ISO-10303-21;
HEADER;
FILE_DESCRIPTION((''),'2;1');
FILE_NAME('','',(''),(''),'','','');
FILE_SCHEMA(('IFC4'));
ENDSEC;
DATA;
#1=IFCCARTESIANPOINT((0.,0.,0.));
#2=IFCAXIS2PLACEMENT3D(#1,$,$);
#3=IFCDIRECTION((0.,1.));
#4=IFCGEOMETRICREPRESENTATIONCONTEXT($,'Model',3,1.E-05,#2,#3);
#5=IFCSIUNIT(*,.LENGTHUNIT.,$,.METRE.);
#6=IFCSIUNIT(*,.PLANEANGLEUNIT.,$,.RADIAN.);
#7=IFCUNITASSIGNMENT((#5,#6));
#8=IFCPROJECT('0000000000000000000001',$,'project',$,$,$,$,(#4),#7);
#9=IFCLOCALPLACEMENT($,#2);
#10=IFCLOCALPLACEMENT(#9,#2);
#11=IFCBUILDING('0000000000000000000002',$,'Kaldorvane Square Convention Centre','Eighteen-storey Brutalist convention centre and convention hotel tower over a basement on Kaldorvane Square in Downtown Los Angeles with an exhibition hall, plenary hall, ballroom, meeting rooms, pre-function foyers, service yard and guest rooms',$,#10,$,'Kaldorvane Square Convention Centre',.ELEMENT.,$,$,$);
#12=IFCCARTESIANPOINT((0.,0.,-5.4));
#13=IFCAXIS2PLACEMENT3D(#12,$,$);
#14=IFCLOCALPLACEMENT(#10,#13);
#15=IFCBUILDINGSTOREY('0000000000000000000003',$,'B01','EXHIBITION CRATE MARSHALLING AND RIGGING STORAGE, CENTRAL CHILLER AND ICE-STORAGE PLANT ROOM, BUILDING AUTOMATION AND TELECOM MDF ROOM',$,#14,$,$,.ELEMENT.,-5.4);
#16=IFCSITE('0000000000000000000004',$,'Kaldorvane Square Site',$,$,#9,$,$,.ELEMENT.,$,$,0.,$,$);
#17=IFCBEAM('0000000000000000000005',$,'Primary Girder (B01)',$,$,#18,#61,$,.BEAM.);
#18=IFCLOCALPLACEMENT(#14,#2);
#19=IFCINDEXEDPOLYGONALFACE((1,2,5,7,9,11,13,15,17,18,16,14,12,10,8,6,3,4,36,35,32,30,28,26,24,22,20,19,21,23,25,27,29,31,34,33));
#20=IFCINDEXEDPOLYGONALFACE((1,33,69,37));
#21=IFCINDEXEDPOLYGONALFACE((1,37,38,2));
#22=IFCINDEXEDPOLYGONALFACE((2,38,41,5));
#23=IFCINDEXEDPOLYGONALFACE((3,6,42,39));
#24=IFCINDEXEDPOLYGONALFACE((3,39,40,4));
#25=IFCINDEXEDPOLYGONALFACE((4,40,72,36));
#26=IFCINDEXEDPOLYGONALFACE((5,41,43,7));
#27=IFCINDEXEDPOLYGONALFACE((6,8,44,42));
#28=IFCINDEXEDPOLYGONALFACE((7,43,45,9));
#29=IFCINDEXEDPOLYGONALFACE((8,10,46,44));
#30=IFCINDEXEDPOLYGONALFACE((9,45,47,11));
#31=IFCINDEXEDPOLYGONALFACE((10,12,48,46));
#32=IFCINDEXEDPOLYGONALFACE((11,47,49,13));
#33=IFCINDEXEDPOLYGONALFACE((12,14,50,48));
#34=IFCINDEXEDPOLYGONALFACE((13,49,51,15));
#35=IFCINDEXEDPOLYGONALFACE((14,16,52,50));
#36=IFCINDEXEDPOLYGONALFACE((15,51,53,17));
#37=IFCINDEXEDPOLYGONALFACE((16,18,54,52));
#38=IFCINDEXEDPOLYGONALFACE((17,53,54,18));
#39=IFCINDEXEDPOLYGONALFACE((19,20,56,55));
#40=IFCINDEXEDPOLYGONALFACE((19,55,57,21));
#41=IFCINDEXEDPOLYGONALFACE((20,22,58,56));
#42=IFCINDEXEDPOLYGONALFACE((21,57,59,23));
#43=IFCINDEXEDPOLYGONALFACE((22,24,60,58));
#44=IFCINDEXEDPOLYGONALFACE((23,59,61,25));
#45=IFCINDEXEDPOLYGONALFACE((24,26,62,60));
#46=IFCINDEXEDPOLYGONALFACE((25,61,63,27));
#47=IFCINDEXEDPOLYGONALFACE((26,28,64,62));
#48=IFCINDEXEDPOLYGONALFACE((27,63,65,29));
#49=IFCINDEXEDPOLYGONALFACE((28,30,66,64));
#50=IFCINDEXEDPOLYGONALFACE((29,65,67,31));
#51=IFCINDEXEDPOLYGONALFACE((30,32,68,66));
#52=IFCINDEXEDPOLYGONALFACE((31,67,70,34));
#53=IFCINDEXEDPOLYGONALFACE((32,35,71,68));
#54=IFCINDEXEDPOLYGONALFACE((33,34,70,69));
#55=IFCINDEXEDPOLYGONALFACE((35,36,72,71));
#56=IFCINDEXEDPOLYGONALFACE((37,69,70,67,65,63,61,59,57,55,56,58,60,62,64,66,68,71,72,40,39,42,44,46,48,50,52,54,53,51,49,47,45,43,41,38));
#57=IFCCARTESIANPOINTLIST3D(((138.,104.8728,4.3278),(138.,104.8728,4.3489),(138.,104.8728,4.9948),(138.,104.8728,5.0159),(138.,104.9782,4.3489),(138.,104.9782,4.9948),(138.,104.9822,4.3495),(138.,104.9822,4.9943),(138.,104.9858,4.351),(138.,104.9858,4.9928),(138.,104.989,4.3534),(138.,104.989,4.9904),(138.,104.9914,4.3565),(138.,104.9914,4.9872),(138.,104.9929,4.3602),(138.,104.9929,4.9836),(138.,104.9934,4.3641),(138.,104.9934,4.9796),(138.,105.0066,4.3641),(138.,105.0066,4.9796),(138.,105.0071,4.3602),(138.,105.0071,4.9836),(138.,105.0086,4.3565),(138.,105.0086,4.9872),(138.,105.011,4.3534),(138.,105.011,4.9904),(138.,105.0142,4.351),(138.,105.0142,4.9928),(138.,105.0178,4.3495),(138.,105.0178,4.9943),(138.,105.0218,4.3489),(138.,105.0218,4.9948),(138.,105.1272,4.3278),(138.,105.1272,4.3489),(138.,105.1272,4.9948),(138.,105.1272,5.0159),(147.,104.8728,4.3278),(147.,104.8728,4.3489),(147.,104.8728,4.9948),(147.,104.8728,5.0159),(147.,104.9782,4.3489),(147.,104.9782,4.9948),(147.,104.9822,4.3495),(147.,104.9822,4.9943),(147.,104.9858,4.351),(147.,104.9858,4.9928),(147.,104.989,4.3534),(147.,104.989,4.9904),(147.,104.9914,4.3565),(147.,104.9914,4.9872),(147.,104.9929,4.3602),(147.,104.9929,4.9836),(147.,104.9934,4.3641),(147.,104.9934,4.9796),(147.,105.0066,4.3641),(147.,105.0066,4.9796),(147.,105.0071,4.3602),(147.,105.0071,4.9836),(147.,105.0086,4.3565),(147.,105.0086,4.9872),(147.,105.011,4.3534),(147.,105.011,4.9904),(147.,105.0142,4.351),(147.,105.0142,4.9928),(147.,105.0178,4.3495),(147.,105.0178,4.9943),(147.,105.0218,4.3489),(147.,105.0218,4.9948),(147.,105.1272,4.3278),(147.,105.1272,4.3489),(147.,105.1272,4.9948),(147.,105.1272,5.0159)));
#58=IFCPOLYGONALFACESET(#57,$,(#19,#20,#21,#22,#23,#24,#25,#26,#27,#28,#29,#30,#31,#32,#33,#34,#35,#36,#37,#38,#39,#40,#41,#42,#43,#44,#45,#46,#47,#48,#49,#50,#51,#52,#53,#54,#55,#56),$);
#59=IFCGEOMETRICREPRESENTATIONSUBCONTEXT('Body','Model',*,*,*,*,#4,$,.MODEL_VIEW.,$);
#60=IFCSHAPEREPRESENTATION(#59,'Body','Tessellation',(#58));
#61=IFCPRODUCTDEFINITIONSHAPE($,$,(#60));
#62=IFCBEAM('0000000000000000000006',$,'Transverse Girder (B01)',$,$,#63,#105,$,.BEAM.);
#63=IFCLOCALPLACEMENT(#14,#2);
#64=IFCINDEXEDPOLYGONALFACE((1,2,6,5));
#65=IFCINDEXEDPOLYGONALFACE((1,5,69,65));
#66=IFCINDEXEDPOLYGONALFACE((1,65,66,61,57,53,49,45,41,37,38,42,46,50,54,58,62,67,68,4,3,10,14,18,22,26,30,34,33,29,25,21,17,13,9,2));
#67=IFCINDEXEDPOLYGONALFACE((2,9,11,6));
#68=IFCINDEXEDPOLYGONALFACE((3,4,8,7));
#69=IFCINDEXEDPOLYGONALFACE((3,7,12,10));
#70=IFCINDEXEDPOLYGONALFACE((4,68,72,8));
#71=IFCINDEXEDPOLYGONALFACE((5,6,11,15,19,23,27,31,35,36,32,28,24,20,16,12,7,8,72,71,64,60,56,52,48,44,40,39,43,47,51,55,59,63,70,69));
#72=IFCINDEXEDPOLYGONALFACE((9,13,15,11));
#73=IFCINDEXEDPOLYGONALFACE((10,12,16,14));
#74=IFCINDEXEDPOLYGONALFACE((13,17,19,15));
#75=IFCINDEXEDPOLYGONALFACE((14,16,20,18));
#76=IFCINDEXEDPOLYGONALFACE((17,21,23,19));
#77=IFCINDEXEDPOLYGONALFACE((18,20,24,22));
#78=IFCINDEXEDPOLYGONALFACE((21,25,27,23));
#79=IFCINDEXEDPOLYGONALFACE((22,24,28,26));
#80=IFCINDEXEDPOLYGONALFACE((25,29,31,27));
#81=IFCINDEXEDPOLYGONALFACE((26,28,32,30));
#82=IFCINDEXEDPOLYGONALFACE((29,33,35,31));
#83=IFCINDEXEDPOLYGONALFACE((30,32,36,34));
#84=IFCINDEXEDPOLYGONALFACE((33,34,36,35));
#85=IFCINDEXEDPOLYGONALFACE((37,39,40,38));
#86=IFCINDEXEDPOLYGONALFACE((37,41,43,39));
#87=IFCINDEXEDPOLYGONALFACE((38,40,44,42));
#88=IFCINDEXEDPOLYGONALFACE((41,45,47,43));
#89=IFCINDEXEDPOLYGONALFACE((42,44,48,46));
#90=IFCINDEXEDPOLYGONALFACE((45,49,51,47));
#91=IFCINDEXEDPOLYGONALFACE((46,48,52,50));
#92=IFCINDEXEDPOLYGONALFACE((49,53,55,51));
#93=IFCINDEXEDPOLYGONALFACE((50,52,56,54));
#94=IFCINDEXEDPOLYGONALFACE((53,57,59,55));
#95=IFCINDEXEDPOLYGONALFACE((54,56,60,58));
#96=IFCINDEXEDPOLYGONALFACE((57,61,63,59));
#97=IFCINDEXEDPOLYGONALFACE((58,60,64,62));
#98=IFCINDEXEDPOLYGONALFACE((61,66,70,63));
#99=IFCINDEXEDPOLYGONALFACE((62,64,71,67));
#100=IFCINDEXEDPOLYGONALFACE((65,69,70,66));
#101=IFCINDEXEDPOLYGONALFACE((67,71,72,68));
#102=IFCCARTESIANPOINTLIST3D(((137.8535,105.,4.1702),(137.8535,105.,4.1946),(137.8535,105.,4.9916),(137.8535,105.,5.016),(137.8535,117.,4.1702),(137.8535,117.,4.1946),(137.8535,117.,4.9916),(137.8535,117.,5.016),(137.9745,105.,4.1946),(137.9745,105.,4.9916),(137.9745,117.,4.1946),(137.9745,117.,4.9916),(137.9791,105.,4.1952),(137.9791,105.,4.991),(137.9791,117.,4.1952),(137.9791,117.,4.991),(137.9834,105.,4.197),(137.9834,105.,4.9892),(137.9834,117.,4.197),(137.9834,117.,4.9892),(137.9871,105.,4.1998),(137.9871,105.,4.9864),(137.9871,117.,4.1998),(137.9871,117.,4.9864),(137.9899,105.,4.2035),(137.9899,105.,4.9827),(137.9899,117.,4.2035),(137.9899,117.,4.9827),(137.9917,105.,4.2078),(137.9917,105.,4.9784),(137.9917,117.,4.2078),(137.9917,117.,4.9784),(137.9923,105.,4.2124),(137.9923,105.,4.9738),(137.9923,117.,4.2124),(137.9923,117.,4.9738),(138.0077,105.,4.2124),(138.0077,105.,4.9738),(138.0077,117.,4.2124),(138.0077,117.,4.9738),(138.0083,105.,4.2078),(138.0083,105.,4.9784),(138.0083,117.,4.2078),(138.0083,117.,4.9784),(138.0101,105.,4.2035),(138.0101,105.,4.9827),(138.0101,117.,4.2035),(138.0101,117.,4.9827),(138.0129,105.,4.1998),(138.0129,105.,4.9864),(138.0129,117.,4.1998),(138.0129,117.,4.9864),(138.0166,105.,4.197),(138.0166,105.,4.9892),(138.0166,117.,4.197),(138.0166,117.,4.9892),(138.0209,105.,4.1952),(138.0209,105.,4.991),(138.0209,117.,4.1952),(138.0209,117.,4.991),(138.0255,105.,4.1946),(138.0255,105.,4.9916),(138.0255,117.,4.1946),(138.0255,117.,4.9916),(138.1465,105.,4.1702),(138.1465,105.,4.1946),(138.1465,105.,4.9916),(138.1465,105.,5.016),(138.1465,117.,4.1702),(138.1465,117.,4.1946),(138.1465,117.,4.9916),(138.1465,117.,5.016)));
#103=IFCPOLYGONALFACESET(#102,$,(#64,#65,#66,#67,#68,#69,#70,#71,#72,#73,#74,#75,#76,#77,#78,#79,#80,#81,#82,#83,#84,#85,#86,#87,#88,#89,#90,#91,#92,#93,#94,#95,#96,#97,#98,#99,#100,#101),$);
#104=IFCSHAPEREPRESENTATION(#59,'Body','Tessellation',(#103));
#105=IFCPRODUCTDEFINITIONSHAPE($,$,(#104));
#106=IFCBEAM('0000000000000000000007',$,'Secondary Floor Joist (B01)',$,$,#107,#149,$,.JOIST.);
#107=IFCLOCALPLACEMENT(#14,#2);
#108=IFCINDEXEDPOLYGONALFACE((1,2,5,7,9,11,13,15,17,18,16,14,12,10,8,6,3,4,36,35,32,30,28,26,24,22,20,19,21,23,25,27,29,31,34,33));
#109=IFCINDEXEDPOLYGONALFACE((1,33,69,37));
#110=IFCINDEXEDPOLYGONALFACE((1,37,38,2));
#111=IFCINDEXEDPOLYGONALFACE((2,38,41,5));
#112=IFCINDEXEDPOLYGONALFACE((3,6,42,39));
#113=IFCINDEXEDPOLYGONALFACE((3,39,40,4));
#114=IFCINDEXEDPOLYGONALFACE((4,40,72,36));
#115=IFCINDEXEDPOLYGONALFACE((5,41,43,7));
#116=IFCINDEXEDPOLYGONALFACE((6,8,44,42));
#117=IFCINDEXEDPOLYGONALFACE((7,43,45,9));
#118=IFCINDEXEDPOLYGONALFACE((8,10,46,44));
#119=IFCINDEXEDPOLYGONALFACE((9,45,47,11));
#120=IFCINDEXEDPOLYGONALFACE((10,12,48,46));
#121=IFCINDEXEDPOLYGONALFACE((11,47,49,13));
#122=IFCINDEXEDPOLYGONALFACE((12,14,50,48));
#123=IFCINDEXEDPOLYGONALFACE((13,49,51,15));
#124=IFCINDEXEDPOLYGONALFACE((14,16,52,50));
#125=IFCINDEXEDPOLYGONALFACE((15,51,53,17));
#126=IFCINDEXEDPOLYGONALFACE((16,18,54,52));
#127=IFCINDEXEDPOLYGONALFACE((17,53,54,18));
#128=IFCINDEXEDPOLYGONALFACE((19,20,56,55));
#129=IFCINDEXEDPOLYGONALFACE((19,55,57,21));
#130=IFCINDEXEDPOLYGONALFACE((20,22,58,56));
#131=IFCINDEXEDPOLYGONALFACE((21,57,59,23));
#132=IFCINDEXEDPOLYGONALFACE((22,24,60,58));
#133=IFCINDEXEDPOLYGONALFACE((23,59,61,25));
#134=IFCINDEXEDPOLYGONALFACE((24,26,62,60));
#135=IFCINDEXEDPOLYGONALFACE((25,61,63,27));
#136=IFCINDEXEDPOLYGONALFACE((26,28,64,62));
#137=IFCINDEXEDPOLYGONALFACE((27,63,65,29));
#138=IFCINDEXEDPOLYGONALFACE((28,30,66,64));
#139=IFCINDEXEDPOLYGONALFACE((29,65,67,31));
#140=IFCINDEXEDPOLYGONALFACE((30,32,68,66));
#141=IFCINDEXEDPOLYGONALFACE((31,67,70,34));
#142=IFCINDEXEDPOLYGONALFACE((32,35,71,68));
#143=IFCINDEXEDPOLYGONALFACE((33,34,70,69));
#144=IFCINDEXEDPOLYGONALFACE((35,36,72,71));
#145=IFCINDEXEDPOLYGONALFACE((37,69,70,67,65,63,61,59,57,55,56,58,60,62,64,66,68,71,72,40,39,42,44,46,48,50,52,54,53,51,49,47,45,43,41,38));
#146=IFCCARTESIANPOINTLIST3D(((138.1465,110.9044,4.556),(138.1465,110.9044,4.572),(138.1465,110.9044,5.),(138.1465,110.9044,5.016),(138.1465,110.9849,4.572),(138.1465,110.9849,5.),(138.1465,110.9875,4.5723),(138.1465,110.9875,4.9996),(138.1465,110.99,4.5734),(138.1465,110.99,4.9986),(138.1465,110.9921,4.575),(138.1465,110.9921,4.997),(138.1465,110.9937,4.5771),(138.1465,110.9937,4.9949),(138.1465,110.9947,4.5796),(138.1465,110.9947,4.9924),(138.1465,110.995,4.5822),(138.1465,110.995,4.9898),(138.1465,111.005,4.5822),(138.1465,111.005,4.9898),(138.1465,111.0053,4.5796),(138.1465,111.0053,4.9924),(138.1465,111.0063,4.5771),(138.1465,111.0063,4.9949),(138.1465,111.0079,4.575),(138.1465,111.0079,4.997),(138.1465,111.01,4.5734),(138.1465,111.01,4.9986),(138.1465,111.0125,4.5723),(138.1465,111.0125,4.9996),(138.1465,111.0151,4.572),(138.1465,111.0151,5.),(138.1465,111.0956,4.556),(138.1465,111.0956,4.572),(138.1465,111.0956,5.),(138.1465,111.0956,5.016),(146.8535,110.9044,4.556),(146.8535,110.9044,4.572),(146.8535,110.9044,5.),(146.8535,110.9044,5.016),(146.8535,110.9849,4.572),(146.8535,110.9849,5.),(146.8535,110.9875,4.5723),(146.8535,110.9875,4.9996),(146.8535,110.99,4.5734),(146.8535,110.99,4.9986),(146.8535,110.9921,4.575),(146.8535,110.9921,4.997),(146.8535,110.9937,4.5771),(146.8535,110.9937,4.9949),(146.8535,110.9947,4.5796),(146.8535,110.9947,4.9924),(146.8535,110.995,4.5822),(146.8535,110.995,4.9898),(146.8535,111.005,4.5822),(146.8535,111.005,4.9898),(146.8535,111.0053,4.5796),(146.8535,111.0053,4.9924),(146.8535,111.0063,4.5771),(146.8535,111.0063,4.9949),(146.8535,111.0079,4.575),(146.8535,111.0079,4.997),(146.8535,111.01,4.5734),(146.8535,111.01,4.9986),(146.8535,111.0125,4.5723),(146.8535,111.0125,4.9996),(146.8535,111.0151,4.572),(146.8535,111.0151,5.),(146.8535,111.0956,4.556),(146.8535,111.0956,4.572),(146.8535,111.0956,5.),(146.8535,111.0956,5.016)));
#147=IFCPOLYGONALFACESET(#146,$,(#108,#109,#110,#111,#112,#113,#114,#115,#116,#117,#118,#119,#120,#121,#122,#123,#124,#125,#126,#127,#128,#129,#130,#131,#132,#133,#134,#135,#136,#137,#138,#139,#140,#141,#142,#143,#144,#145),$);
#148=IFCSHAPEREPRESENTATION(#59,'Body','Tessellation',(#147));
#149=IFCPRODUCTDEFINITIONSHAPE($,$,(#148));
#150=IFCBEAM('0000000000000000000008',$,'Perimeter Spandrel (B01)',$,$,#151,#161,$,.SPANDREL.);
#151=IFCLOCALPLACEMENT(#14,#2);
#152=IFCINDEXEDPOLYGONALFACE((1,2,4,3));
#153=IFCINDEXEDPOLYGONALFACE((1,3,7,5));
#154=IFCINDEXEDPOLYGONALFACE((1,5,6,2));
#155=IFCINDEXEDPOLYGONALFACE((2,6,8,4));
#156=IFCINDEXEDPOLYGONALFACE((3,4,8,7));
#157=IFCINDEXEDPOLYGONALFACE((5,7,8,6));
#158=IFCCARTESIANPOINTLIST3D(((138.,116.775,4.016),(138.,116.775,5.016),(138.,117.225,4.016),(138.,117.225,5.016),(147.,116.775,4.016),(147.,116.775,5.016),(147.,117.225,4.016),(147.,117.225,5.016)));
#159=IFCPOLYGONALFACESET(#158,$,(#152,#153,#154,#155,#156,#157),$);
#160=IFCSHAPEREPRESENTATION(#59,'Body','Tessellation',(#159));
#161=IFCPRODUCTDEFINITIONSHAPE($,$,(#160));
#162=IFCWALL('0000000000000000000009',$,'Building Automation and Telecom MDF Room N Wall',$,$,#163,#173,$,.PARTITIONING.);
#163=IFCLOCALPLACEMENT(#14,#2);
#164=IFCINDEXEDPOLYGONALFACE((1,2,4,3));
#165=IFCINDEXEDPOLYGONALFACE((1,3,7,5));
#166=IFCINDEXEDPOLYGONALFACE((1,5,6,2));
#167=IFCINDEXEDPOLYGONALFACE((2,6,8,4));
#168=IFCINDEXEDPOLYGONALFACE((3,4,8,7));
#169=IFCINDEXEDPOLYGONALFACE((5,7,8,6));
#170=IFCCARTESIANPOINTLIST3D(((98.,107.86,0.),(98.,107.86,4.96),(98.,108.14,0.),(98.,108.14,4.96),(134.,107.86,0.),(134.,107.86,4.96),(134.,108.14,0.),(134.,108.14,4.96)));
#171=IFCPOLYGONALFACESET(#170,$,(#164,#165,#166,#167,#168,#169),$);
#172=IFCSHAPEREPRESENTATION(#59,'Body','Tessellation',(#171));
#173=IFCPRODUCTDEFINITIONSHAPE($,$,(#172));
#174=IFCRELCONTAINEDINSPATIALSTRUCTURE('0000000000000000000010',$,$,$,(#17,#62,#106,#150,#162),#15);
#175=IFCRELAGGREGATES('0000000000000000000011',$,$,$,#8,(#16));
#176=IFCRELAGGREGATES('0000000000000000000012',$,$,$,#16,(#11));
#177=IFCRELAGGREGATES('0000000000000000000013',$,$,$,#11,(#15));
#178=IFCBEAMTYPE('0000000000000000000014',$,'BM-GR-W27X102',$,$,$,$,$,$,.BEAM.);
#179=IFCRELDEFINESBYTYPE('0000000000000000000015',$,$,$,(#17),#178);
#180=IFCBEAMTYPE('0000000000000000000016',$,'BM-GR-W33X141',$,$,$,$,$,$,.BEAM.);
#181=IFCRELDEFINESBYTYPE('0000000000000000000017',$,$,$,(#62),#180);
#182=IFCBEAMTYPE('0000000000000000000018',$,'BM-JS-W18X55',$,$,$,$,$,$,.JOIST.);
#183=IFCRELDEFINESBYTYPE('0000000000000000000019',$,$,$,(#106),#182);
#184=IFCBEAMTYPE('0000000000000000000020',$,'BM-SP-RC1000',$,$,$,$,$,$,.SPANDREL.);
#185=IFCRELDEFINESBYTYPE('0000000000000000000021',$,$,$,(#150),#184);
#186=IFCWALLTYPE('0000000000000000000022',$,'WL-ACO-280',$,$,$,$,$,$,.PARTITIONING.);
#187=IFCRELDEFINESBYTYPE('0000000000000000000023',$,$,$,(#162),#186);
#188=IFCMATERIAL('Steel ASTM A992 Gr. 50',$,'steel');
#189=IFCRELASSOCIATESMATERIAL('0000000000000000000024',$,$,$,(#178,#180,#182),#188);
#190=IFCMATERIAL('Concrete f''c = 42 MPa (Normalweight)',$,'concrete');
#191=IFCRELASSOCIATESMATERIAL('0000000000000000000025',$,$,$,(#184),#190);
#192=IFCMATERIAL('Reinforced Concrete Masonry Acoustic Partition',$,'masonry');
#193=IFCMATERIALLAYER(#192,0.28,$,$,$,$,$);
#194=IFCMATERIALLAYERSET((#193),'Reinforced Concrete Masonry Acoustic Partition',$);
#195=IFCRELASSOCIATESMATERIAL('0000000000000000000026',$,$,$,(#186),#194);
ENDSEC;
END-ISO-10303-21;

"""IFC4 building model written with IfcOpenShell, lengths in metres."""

from ifc_helpers import new_model, si_unit, direction, frame, frame_2d, origin, origin_2d, place, context, subcontext, project, spatial, rectangle, i_section, extrude, material, layer, layer_set, material_profile, profile_set, type_object, element, save


model = new_model("IFC4")

# Units and contexts
model_context = context("Model", 3, precision=1e-05, world=origin(), true_north=direction((0.0, 1.0)))
body_context = subcontext(model_context, "Body", "Model", "MODEL_VIEW")
ifc_project = project(units=[si_unit("LENGTHUNIT", "METRE"), si_unit("PLANEANGLEUNIT", "RADIAN")], contexts=[model_context])

# Site, building, storey
site_placement = place(None, origin())
site = spatial("IfcSite", under=ifc_project, at=site_placement, Name="Kaldorvane Square Site", CompositionType="ELEMENT", RefElevation=0.0)
building_placement = place(site_placement, origin())
building = spatial("IfcBuilding", under=site, at=building_placement, Name="Kaldorvane Square Convention Centre", Description="Eighteen-storey Brutalist convention centre and convention hotel tower over a basement on Kaldorvane Square in Downtown Los Angeles with an exhibition hall, plenary hall, ballroom, meeting rooms, pre-function foyers, service yard and guest rooms", LongName="Kaldorvane Square Convention Centre", CompositionType="ELEMENT")
storey_placement = place(building_placement, frame((0.0, 0.0, -5.4)))
storey = spatial("IfcBuildingStorey", under=building, at=storey_placement, Name="B01", Description="EXHIBITION CRATE MARSHALLING AND RIGGING STORAGE, CENTRAL CHILLER AND ICE-STORAGE PLANT ROOM, BUILDING AUTOMATION AND TELECOM MDF ROOM", CompositionType="ELEMENT", Elevation=-5.4)

# Shared definitions
ifc_material_1 = material(Name="Concrete f'c = 42 MPa (Normalweight)", Category="concrete")

# Shared definitions
ifc_material_2 = material(Name="Steel ASTM A992 Gr. 50", Category="steel")

# Beams
ifc_material_profile_1 = material_profile(ifc_material_2, i_section(OverallWidth=0.2544, OverallDepth=0.6881, WebThickness=0.0131, FlangeThickness=0.0211, FilletRadius=0.0152, at=origin_2d()), Name="W27X102")
ifc_profile_set_1 = profile_set([ifc_material_profile_1], Name="Steel ASTM A992 Gr. 50")
beam_type_1 = type_object("IfcBeamType", Name="BM-GR-W27X102", PredefinedType="BEAM", material=ifc_profile_set_1)
beam_1_placement = place(storey_placement, frame((138.0, 105.0, 4.6719), z_axis=(1.0, 0.0, 0.0), x_axis=(0.0, 1.0, 0.0)))
element("IfcBeam", 1, at=beam_1_placement, inside=storey, type_object=beam_type_1, Name="Primary Girder (B01)", PredefinedType="BEAM", context=body_context, shape_type="SweptSolid", body=[
    extrude(i_section(OverallWidth=0.2544, OverallDepth=0.6881, WebThickness=0.0131, FlangeThickness=0.0211, FilletRadius=0.0152, at=origin_2d()), origin(), (0.0, 0.0, 1.0), 9.0),
])
ifc_material_profile_2 = material_profile(ifc_material_2, i_section(OverallWidth=0.293, OverallDepth=0.8458, WebThickness=0.0154, FlangeThickness=0.0244, FilletRadius=0.0178, at=origin_2d()), Name="W33X141")
ifc_profile_set_2 = profile_set([ifc_material_profile_2], Name="Steel ASTM A992 Gr. 50")
beam_type_2 = type_object("IfcBeamType", Name="BM-GR-W33X141", PredefinedType="BEAM", material=ifc_profile_set_2)
beam_2_placement = place(storey_placement, frame((138.0, 105.0, 4.5931), z_axis=(0.0, 1.0, 0.0), x_axis=(-1.0, 0.0, 0.0)))
element("IfcBeam", 2, at=beam_2_placement, inside=storey, type_object=beam_type_2, Name="Transverse Girder (B01)", PredefinedType="BEAM", context=body_context, shape_type="SweptSolid", body=[
    extrude(i_section(OverallWidth=0.293, OverallDepth=0.8458, WebThickness=0.0154, FlangeThickness=0.0244, FilletRadius=0.0178, at=origin_2d()), origin(), (0.0, 0.0, 1.0), 12.0),
])
ifc_material_profile_3 = material_profile(ifc_material_2, i_section(OverallWidth=0.1913, OverallDepth=0.46, WebThickness=0.0099, FlangeThickness=0.016, FilletRadius=0.0102, at=origin_2d()), Name="W18X55")
ifc_profile_set_3 = profile_set([ifc_material_profile_3], Name="Steel ASTM A992 Gr. 50")
beam_type_3 = type_object("IfcBeamType", Name="BM-JS-W18X55", PredefinedType="JOIST", material=ifc_profile_set_3)
beam_3_placement = place(storey_placement, frame((138.1465, 111.0, 4.786), z_axis=(1.0, 0.0, 0.0), x_axis=(0.0, 1.0, 0.0)))
element("IfcBeam", 3, at=beam_3_placement, inside=storey, type_object=beam_type_3, Name="Secondary Floor Joist (B01)", PredefinedType="JOIST", context=body_context, shape_type="SweptSolid", body=[
    extrude(i_section(OverallWidth=0.1913, OverallDepth=0.46, WebThickness=0.0099, FlangeThickness=0.016, FilletRadius=0.0102, at=origin_2d()), origin(), (0.0, 0.0, 1.0), 8.707),
])
ifc_material_profile_4 = material_profile(ifc_material_1, rectangle(XDim=0.45, YDim=1.0, at=origin_2d()), Name="RCSP1000X450")
ifc_profile_set_4 = profile_set([ifc_material_profile_4], Name="Concrete f'c = 42 MPa (Normalweight)")
beam_type_4 = type_object("IfcBeamType", Name="BM-SP-RC1000", PredefinedType="SPANDREL", material=ifc_profile_set_4)
beam_4_placement = place(storey_placement, frame((138.0, 117.0, 4.516), z_axis=(1.0, 0.0, 0.0), x_axis=(0.0, 1.0, 0.0)))
element("IfcBeam", 4, at=beam_4_placement, inside=storey, type_object=beam_type_4, Name="Perimeter Spandrel (B01)", PredefinedType="SPANDREL", context=body_context, shape_type="SweptSolid", body=[
    extrude(rectangle(XDim=0.45, YDim=1.0, at=origin_2d()), origin(), (0.0, 0.0, 1.0), 9.0),
])

# Wall
ifc_material_3 = material(Name="Reinforced Concrete Masonry Acoustic Partition", Category="masonry")
ifc_layer = layer(ifc_material_3, 0.28)
ifc_layer_set = layer_set([ifc_layer], Name="Reinforced Concrete Masonry Acoustic Partition")
wall_type = type_object("IfcWallType", Name="WL-ACO-280", PredefinedType="PARTITIONING", material=ifc_layer_set)
wall_placement = place(storey_placement, frame((134.0, 108.0, 0.0), z_axis=(0.0, 0.0, 1.0), x_axis=(-1.0, 0.0, 0.0)))
element("IfcWall", 5, at=wall_placement, inside=storey, type_object=wall_type, Name="Building Automation and Telecom MDF Room N Wall", PredefinedType="PARTITIONING", context=body_context, shape_type="SweptSolid", body=[
    extrude(rectangle(XDim=36.0, YDim=0.28, at=frame_2d((18.0, 0.0))), origin(), (0.0, 0.0, 1.0), 4.96),
])

save(model, "model.ifc")
